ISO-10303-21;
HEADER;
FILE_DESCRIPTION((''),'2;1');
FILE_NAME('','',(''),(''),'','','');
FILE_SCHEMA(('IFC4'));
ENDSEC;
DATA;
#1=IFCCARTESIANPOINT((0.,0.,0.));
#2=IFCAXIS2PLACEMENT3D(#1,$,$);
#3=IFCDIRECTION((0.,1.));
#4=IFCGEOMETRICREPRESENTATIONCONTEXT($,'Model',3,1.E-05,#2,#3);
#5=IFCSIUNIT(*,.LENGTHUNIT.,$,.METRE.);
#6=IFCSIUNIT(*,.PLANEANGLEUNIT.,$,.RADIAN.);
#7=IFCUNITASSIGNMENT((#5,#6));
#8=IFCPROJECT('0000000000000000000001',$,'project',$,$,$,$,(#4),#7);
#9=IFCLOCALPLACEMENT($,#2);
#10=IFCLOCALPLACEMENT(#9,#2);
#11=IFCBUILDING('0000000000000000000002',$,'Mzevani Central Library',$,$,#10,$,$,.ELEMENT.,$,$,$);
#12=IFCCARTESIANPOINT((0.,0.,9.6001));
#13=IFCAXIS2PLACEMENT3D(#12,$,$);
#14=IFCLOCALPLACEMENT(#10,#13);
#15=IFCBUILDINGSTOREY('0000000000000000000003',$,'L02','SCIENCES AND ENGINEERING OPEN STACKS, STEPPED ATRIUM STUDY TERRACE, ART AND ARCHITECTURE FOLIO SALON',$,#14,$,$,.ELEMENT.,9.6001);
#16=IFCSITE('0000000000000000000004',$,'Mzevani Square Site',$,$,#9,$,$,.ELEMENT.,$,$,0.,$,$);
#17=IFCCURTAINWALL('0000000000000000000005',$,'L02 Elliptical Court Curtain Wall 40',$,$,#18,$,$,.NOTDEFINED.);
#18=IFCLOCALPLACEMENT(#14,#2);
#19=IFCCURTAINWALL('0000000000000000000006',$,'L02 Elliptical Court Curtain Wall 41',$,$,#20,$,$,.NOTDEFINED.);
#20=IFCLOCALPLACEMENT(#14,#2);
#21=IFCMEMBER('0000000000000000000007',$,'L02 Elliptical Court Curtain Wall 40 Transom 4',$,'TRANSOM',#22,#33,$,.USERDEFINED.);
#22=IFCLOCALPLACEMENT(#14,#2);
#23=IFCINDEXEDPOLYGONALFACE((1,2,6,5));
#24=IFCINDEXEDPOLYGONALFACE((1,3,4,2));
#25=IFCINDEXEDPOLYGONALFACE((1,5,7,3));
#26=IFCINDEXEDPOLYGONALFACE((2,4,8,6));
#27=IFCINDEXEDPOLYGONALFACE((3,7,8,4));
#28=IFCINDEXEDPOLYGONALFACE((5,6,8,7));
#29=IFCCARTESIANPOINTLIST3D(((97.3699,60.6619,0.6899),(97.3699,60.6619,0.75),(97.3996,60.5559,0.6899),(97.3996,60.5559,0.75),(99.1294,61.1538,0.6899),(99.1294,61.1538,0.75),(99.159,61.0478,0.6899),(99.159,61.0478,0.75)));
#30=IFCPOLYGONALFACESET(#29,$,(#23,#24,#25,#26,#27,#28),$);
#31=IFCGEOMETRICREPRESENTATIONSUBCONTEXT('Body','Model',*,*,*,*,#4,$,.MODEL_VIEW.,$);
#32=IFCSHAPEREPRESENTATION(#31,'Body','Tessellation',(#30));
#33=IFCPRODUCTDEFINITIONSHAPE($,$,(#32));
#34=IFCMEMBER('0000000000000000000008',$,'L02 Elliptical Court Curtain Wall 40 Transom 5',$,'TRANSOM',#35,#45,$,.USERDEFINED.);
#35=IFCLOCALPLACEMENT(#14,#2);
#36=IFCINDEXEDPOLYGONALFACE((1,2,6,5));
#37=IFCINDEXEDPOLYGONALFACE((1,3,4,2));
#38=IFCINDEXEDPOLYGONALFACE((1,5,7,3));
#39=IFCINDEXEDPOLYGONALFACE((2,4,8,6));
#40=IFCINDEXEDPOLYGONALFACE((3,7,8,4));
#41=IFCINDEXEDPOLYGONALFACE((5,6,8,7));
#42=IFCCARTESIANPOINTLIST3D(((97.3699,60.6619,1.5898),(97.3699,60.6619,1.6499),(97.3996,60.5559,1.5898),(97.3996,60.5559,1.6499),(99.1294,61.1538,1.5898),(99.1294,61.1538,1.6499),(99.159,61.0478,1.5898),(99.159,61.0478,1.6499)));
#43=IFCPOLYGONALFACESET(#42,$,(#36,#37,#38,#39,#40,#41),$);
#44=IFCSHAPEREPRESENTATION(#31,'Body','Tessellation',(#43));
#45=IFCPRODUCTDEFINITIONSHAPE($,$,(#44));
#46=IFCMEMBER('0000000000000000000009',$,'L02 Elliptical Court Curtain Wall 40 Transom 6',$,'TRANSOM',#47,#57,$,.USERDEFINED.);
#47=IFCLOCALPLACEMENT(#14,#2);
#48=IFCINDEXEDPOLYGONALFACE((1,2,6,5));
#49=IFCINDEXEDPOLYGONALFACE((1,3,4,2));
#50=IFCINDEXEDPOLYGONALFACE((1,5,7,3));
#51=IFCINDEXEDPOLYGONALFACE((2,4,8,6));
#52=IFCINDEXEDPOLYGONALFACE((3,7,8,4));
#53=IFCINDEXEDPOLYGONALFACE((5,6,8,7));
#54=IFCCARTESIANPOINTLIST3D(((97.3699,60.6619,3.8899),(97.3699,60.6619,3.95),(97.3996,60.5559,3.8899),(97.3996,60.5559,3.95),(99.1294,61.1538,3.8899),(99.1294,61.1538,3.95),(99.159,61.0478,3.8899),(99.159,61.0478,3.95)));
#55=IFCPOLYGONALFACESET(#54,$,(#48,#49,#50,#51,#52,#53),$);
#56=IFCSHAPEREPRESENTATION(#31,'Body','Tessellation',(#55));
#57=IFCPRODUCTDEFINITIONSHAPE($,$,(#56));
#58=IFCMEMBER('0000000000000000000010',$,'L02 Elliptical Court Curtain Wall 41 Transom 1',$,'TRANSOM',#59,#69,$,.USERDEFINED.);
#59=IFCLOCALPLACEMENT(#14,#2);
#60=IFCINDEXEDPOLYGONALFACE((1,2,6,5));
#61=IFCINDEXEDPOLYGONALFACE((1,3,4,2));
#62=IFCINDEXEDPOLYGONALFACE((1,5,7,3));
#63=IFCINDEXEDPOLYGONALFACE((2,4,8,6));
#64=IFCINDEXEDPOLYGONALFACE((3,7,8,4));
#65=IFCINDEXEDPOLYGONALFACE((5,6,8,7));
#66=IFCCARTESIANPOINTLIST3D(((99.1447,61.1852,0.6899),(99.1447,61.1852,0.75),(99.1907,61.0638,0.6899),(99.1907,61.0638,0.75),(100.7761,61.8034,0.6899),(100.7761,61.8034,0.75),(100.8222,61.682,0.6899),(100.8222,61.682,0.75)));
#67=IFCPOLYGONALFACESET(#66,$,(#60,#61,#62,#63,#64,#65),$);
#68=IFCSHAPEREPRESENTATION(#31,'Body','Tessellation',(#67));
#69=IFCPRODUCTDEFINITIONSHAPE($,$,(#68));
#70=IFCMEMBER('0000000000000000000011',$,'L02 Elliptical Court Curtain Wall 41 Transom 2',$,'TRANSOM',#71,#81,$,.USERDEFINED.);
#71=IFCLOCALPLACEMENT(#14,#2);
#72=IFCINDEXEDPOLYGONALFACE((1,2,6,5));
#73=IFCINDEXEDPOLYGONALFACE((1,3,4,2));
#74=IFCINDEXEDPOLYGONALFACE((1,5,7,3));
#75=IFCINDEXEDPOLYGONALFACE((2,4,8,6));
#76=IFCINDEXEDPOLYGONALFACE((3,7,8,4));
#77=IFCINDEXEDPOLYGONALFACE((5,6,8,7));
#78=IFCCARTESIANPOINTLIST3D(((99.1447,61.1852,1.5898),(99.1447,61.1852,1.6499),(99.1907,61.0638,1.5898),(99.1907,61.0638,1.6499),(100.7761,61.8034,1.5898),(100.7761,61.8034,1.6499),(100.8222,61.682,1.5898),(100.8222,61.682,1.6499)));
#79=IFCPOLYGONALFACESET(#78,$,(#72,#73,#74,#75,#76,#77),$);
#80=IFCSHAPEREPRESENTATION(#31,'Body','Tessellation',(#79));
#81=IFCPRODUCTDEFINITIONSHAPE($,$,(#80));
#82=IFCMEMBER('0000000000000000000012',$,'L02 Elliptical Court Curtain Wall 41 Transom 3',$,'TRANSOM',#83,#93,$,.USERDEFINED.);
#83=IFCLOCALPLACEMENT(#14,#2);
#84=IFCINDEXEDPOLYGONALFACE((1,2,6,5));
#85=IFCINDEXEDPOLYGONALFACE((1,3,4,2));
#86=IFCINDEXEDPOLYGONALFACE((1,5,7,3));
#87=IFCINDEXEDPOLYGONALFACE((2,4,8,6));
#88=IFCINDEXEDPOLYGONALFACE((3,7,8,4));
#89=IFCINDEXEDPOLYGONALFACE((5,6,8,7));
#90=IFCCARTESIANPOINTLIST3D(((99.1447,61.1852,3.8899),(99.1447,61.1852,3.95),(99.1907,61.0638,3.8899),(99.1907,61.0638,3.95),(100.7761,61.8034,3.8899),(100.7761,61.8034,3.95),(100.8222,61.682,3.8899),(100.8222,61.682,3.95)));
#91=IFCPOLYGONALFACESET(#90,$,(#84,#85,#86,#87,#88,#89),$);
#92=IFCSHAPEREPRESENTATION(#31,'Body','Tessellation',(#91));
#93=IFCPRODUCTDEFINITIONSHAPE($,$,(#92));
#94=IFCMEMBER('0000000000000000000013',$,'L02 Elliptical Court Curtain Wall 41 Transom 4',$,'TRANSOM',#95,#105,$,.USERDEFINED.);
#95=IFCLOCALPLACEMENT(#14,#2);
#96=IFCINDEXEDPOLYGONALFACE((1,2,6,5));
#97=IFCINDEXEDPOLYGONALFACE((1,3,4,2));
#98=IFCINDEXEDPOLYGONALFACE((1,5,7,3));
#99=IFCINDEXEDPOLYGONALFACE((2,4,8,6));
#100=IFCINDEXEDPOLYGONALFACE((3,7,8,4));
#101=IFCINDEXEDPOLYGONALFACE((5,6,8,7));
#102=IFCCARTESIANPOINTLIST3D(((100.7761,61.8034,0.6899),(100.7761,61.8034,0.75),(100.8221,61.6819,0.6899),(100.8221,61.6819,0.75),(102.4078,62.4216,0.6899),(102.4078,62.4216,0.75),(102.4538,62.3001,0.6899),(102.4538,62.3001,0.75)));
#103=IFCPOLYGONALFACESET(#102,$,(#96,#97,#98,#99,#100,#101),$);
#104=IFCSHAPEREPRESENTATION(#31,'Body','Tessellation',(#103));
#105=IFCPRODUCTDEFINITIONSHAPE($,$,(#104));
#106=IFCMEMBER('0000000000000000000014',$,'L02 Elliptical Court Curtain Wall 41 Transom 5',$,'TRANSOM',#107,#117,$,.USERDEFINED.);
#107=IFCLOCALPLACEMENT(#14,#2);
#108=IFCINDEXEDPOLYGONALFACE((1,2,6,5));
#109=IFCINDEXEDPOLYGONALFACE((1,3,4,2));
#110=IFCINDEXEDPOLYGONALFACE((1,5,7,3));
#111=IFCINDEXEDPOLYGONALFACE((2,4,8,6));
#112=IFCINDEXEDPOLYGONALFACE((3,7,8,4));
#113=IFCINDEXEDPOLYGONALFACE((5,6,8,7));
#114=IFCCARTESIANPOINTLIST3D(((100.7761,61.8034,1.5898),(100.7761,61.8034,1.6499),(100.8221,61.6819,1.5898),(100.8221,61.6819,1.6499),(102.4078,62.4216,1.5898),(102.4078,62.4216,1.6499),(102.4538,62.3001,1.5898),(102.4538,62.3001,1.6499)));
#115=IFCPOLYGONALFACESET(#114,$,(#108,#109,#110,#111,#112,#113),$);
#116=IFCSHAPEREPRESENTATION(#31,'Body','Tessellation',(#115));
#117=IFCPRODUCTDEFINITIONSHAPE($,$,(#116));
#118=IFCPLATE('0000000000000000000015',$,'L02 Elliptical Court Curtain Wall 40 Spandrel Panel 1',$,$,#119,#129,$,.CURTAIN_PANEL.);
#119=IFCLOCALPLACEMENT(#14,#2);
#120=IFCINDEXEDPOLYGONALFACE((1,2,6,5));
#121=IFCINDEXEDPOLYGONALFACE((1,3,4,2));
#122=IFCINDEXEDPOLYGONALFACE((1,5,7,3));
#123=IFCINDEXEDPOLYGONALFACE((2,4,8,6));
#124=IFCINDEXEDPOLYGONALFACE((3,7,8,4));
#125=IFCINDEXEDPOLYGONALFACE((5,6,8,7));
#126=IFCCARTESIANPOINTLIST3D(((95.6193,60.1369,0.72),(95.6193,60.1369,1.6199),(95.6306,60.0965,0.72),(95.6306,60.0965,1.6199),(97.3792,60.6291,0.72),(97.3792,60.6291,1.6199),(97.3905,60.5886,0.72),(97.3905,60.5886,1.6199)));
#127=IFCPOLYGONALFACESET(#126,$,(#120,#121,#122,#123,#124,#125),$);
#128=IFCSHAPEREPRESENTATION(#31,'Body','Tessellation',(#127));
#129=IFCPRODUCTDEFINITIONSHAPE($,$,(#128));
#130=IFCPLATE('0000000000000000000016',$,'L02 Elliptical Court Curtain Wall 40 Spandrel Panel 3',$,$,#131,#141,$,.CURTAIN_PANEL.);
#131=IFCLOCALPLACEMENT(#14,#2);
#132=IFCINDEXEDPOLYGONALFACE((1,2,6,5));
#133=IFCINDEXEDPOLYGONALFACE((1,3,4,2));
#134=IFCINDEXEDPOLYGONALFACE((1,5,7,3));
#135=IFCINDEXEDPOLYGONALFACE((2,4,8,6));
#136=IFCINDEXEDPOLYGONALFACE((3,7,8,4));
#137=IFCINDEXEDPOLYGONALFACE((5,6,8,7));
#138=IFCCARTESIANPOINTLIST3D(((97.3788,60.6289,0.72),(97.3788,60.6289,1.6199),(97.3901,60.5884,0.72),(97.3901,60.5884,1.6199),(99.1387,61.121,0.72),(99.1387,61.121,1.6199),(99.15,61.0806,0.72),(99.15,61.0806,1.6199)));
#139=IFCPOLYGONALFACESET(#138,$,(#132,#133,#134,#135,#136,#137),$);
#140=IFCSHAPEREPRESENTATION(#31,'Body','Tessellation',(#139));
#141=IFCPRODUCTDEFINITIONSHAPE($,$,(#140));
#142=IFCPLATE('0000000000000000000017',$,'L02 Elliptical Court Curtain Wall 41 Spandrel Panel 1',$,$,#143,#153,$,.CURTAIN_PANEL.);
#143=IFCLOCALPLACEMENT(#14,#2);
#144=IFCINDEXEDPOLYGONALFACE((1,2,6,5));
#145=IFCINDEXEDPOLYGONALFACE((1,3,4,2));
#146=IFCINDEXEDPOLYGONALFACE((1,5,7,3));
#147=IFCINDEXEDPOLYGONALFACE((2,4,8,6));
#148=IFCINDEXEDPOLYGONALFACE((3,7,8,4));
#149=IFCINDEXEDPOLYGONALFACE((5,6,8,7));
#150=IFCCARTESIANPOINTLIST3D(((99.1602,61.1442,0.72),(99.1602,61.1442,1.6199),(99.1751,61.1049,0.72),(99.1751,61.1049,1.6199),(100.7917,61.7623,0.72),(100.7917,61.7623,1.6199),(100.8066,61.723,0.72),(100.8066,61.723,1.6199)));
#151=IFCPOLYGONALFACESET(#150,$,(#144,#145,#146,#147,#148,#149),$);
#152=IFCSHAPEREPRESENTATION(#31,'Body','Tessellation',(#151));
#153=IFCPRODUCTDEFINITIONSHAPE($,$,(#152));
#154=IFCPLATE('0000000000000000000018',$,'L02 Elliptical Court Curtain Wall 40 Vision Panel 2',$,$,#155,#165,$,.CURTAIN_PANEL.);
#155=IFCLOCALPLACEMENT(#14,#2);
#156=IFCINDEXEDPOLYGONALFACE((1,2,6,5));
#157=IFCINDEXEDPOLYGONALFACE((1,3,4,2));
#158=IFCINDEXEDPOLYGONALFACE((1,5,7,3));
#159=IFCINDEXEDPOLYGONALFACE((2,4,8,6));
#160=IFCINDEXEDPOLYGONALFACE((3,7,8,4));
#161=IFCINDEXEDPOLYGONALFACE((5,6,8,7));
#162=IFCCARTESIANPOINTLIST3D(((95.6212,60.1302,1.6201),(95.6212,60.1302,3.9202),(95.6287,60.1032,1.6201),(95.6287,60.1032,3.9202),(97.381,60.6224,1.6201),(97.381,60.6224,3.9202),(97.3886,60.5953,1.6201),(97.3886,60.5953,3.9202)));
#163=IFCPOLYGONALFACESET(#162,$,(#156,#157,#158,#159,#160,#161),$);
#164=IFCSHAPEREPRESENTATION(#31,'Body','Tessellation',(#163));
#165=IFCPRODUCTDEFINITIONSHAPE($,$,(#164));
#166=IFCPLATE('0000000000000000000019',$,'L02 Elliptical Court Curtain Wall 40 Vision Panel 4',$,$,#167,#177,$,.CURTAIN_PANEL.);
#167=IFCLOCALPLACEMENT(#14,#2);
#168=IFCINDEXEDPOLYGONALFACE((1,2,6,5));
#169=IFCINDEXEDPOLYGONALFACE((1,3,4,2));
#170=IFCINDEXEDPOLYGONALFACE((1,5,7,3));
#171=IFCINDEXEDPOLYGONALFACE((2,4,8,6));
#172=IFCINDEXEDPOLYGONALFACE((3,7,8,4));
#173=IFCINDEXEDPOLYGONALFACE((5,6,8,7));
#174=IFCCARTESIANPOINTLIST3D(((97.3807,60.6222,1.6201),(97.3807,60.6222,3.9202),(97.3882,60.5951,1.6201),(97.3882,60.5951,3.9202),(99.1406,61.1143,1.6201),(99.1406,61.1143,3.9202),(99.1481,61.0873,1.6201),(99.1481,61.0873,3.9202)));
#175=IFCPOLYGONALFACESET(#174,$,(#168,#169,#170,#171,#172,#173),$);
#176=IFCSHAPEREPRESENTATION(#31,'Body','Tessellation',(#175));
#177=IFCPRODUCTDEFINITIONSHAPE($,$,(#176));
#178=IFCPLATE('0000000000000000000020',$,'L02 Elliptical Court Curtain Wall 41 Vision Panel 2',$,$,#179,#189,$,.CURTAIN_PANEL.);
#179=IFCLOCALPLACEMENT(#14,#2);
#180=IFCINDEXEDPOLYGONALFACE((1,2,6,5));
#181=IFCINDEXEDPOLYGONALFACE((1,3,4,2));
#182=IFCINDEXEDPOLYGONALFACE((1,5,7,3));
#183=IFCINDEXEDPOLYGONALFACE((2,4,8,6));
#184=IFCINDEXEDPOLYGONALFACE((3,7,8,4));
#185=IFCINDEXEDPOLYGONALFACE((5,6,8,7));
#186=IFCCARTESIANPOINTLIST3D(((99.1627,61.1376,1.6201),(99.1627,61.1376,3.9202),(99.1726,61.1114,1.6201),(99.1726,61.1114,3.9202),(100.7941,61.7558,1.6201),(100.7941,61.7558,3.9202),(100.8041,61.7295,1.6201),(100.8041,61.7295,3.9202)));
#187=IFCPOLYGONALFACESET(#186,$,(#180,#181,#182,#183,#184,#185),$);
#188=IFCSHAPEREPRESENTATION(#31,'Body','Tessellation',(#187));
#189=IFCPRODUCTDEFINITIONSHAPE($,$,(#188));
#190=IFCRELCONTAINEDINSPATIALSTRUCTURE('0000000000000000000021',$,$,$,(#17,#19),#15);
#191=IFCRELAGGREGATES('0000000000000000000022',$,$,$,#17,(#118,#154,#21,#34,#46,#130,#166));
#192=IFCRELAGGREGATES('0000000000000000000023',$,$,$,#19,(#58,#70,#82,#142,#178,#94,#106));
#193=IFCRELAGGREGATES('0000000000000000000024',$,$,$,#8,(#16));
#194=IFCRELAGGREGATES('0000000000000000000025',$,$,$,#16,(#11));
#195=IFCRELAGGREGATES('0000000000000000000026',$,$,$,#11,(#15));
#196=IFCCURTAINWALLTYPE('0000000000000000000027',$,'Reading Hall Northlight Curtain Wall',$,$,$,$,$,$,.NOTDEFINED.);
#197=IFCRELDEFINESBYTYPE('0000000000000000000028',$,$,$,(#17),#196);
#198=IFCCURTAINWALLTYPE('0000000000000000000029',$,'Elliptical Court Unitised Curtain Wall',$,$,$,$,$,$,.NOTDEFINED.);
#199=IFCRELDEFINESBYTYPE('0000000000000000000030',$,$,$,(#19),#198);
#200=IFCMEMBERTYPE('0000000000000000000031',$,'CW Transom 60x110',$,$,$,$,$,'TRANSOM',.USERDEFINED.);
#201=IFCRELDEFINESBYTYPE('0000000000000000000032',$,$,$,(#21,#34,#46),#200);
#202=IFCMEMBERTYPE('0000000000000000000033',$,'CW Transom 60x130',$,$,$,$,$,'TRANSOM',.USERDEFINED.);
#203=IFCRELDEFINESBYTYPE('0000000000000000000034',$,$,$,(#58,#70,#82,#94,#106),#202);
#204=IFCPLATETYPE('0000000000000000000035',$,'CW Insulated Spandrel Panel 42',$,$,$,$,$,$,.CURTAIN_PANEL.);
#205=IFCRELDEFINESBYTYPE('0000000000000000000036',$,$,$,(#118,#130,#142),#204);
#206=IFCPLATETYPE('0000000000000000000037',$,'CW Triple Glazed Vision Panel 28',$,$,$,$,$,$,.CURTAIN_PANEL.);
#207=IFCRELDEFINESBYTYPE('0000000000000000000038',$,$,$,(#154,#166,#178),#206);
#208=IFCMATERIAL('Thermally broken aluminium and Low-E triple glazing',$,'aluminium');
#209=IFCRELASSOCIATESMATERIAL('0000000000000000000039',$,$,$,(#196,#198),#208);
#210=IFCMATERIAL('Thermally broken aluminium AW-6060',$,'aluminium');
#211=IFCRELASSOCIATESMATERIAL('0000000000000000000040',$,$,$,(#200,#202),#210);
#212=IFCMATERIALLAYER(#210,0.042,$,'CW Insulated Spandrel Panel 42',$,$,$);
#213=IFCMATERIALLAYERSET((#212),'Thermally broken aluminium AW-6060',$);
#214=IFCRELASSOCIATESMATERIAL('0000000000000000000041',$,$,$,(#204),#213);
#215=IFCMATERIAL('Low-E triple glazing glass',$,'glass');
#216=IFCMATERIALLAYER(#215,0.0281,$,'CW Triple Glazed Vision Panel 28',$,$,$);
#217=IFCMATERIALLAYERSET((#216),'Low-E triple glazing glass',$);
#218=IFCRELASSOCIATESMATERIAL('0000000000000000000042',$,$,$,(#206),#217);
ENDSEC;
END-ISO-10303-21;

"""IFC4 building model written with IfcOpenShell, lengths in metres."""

from ifc_helpers import new_model, si_unit, direction, frame, origin, origin_2d, place, context, subcontext, project, spatial, rectangle, extrude, material, layer, layer_set, material_profile, profile_set, type_object, element, aggregate, save


model = new_model("IFC4")

# Units and contexts
model_context = context("Model", 3, precision=1e-05, world=origin(), true_north=direction((0.0, 1.0)))
body_context = subcontext(model_context, "Body", "Model", "MODEL_VIEW")
ifc_project = project(units=[si_unit("LENGTHUNIT", "METRE"), si_unit("PLANEANGLEUNIT", "RADIAN")], contexts=[model_context])

# Site, building, storey
site_placement = place(None, origin())
site = spatial("IfcSite", under=ifc_project, at=site_placement, Name="Mzevani Square Site", CompositionType="ELEMENT", RefElevation=0.0)
building_placement = place(site_placement, origin())
building = spatial("IfcBuilding", under=site, at=building_placement, Name="Mzevani Central Library", CompositionType="ELEMENT")
storey_placement = place(building_placement, frame((0.0, 0.0, 9.6001)))
storey = spatial("IfcBuildingStorey", under=building, at=storey_placement, Name="L02", Description="SCIENCES AND ENGINEERING OPEN STACKS, STEPPED ATRIUM STUDY TERRACE, ART AND ARCHITECTURE FOLIO SALON", CompositionType="ELEMENT", Elevation=9.6001)

# Curtain walls
ifc_material_1 = material(Name="Thermally broken aluminium and Low-E triple glazing", Category="aluminium")
curtain_wall_type_1 = type_object("IfcCurtainWallType", Name="Reading Hall Northlight Curtain Wall", PredefinedType="NOTDEFINED", material=ifc_material_1)
curtain_wall_1_placement = place(storey_placement, origin())
curtain_wall_1 = element("IfcCurtainWall", 1, at=curtain_wall_1_placement, inside=storey, type_object=curtain_wall_type_1, Name="L02 Elliptical Court Curtain Wall 40", PredefinedType="NOTDEFINED")
ifc_material_2 = material(Name="Thermally broken aluminium AW-6060", Category="aluminium")
curtain_wall_type_2 = type_object("IfcCurtainWallType", Name="Elliptical Court Unitised Curtain Wall", PredefinedType="NOTDEFINED", material=ifc_material_1)
curtain_wall_2_placement = place(storey_placement, origin())
curtain_wall_2 = element("IfcCurtainWall", 2, at=curtain_wall_2_placement, inside=storey, type_object=curtain_wall_type_2, Name="L02 Elliptical Court Curtain Wall 41", PredefinedType="NOTDEFINED")

# Members
ifc_material_profile_1 = material_profile(ifc_material_2, rectangle(XDim=0.1101, YDim=0.0601, at=origin_2d()), Name="ALU T60x110")
ifc_profile_set_1 = profile_set([ifc_material_profile_1], Name="Thermally broken aluminium AW-6060")
member_type_1 = type_object("IfcMemberType", Name="CW Transom 60x110", ElementType="TRANSOM", PredefinedType="USERDEFINED", material=ifc_profile_set_1)
member_1_placement = place(storey_placement, frame((97.3848, 60.6089, 0.72), z_axis=(0.963067, 0.269263, 0.0), x_axis=(-0.269263, 0.963067, 0.0)))
member_1 = element("IfcMember", 3, at=member_1_placement, type_object=member_type_1, Name="L02 Elliptical Court Curtain Wall 40 Transom 4", ObjectType="TRANSOM", PredefinedType="USERDEFINED", context=body_context, shape_type="SweptSolid", body=[
    extrude(rectangle(XDim=0.1101, YDim=0.0601, at=origin_2d()), origin(), (0.0, 0.0, 1.0), 1.8269),
])
member_2_placement = place(storey_placement, frame((97.3848, 60.6089, 1.6199), z_axis=(0.963067, 0.269263, 0.0), x_axis=(-0.269263, 0.963067, 0.0)))
member_2 = element("IfcMember", 4, at=member_2_placement, type_object=member_type_1, Name="L02 Elliptical Court Curtain Wall 40 Transom 5", ObjectType="TRANSOM", PredefinedType="USERDEFINED", context=body_context, shape_type="SweptSolid", body=[
    extrude(rectangle(XDim=0.1101, YDim=0.0601, at=origin_2d()), origin(), (0.0, 0.0, 1.0), 1.8269),
])
member_3_placement = place(storey_placement, frame((97.3848, 60.6089, 3.9199), z_axis=(0.963067, 0.269263, 0.0), x_axis=(-0.269263, 0.963067, 0.0)))
member_3 = element("IfcMember", 5, at=member_3_placement, type_object=member_type_1, Name="L02 Elliptical Court Curtain Wall 40 Transom 6", ObjectType="TRANSOM", PredefinedType="USERDEFINED", context=body_context, shape_type="SweptSolid", body=[
    extrude(rectangle(XDim=0.1101, YDim=0.0601, at=origin_2d()), origin(), (0.0, 0.0, 1.0), 1.8269),
])
ifc_material_profile_2 = material_profile(ifc_material_2, rectangle(XDim=0.1299, YDim=0.0601, at=origin_2d()), Name="ALU T60x130")
ifc_profile_set_2 = profile_set([ifc_material_profile_2], Name="Thermally broken aluminium AW-6060")
member_type_2 = type_object("IfcMemberType", Name="CW Transom 60x130", ElementType="TRANSOM", PredefinedType="USERDEFINED", material=ifc_profile_set_2)
member_4_placement = place(storey_placement, frame((99.1677, 61.1245, 0.72), z_axis=(0.935116, 0.354342, 0.0), x_axis=(-0.354342, 0.935116, 0.0)))
member_4 = element("IfcMember", 6, at=member_4_placement, type_object=member_type_2, Name="L02 Elliptical Court Curtain Wall 41 Transom 1", ObjectType="TRANSOM", PredefinedType="USERDEFINED", context=body_context, shape_type="SweptSolid", body=[
    extrude(rectangle(XDim=0.1299, YDim=0.0601, at=origin_2d()), origin(), (0.0, 0.0, 1.0), 1.7446),
])
member_5_placement = place(storey_placement, frame((99.1677, 61.1245, 1.6199), z_axis=(0.935116, 0.354342, 0.0), x_axis=(-0.354342, 0.935116, 0.0)))
member_5 = element("IfcMember", 7, at=member_5_placement, type_object=member_type_2, Name="L02 Elliptical Court Curtain Wall 41 Transom 2", ObjectType="TRANSOM", PredefinedType="USERDEFINED", context=body_context, shape_type="SweptSolid", body=[
    extrude(rectangle(XDim=0.1299, YDim=0.0601, at=origin_2d()), origin(), (0.0, 0.0, 1.0), 1.7446),
])
member_6_placement = place(storey_placement, frame((99.1677, 61.1245, 3.9199), z_axis=(0.935116, 0.354342, 0.0), x_axis=(-0.354342, 0.935116, 0.0)))
member_6 = element("IfcMember", 8, at=member_6_placement, type_object=member_type_2, Name="L02 Elliptical Court Curtain Wall 41 Transom 3", ObjectType="TRANSOM", PredefinedType="USERDEFINED", context=body_context, shape_type="SweptSolid", body=[
    extrude(rectangle(XDim=0.1299, YDim=0.0601, at=origin_2d()), origin(), (0.0, 0.0, 1.0), 1.7446),
])
member_7_placement = place(storey_placement, frame((100.7991, 61.7427, 0.72), z_axis=(0.935133, 0.354296, 0.0), x_axis=(-0.354296, 0.935133, 0.0)))
member_7 = element("IfcMember", 9, at=member_7_placement, type_object=member_type_2, Name="L02 Elliptical Court Curtain Wall 41 Transom 4", ObjectType="TRANSOM", PredefinedType="USERDEFINED", context=body_context, shape_type="SweptSolid", body=[
    extrude(rectangle(XDim=0.1299, YDim=0.0601, at=origin_2d()), origin(), (0.0, 0.0, 1.0), 1.7449),
])
member_8_placement = place(storey_placement, frame((100.7991, 61.7427, 1.6199), z_axis=(0.935133, 0.354296, 0.0), x_axis=(-0.354296, 0.935133, 0.0)))
member_8 = element("IfcMember", 10, at=member_8_placement, type_object=member_type_2, Name="L02 Elliptical Court Curtain Wall 41 Transom 5", ObjectType="TRANSOM", PredefinedType="USERDEFINED", context=body_context, shape_type="SweptSolid", body=[
    extrude(rectangle(XDim=0.1299, YDim=0.0601, at=origin_2d()), origin(), (0.0, 0.0, 1.0), 1.7449),
])

# Plates
ifc_layer_1 = layer(ifc_material_2, 0.042, Name="CW Insulated Spandrel Panel 42")
ifc_layer_set_1 = layer_set([ifc_layer_1], Name="Thermally broken aluminium AW-6060")
plate_type_1 = type_object("IfcPlateType", Name="CW Insulated Spandrel Panel 42", PredefinedType="CURTAIN_PANEL", material=ifc_layer_set_1)
plate_1_placement = place(storey_placement, frame((96.5049, 60.3628, 0.72), z_axis=(0.0, 0.0, 1.0), x_axis=(0.963054, 0.26931, 0.0)))
plate_1 = element("IfcPlate", 11, at=plate_1_placement, type_object=plate_type_1, Name="L02 Elliptical Court Curtain Wall 40 Spandrel Panel 1", PredefinedType="CURTAIN_PANEL", context=body_context, shape_type="SweptSolid", body=[
    extrude(rectangle(XDim=1.8274, YDim=0.042, at=origin_2d()), origin(), (0.0, 0.0, 1.0), 0.8999),
])
plate_2_placement = place(storey_placement, frame((98.2644, 60.8547, 0.72), z_axis=(0.0, 0.0, 1.0), x_axis=(0.963054, 0.26931, 0.0)))
plate_2 = element("IfcPlate", 12, at=plate_2_placement, type_object=plate_type_1, Name="L02 Elliptical Court Curtain Wall 40 Spandrel Panel 3", PredefinedType="CURTAIN_PANEL", context=body_context, shape_type="SweptSolid", body=[
    extrude(rectangle(XDim=1.8274, YDim=0.042, at=origin_2d()), origin(), (0.0, 0.0, 1.0), 0.8999),
])
plate_3_placement = place(storey_placement, frame((99.9834, 61.4336, 0.72), z_axis=(0.0, 0.0, 1.0), x_axis=(0.935126, 0.354316, 0.0)))
plate_3 = element("IfcPlate", 13, at=plate_3_placement, type_object=plate_type_1, Name="L02 Elliptical Court Curtain Wall 41 Spandrel Panel 1", PredefinedType="CURTAIN_PANEL", context=body_context, shape_type="SweptSolid", body=[
    extrude(rectangle(XDim=1.7446, YDim=0.042, at=origin_2d()), origin(), (0.0, 0.0, 1.0), 0.8999),
])
ifc_material_3 = material(Name="Low-E triple glazing glass", Category="glass")
ifc_layer_2 = layer(ifc_material_3, 0.0281, Name="CW Triple Glazed Vision Panel 28")
ifc_layer_set_2 = layer_set([ifc_layer_2], Name="Low-E triple glazing glass")
plate_type_2 = type_object("IfcPlateType", Name="CW Triple Glazed Vision Panel 28", PredefinedType="CURTAIN_PANEL", material=ifc_layer_set_2)
plate_4_placement = place(storey_placement, frame((96.5049, 60.3628, 1.6201), z_axis=(0.0, 0.0, 1.0), x_axis=(0.963054, 0.26931, 0.0)))
plate_4 = element("IfcPlate", 14, at=plate_4_placement, type_object=plate_type_2, Name="L02 Elliptical Court Curtain Wall 40 Vision Panel 2", PredefinedType="CURTAIN_PANEL", context=body_context, shape_type="SweptSolid", body=[
    extrude(rectangle(XDim=1.8274, YDim=0.0281, at=origin_2d()), origin(), (0.0, 0.0, 1.0), 2.3),
])
plate_5_placement = place(storey_placement, frame((98.2644, 60.8547, 1.6201), z_axis=(0.0, 0.0, 1.0), x_axis=(0.963054, 0.26931, 0.0)))
plate_5 = element("IfcPlate", 15, at=plate_5_placement, type_object=plate_type_2, Name="L02 Elliptical Court Curtain Wall 40 Vision Panel 4", PredefinedType="CURTAIN_PANEL", context=body_context, shape_type="SweptSolid", body=[
    extrude(rectangle(XDim=1.8274, YDim=0.0281, at=origin_2d()), origin(), (0.0, 0.0, 1.0), 2.3),
])
aggregate(curtain_wall_1, [plate_1, plate_4, member_1, member_2, member_3, plate_2, plate_5])
plate_6_placement = place(storey_placement, frame((99.9834, 61.4336, 1.6201), z_axis=(0.0, 0.0, 1.0), x_axis=(0.935126, 0.354316, 0.0)))
plate_6 = element("IfcPlate", 16, at=plate_6_placement, type_object=plate_type_2, Name="L02 Elliptical Court Curtain Wall 41 Vision Panel 2", PredefinedType="CURTAIN_PANEL", context=body_context, shape_type="SweptSolid", body=[
    extrude(rectangle(XDim=1.7446, YDim=0.0281, at=origin_2d()), origin(), (0.0, 0.0, 1.0), 2.3),
])
aggregate(curtain_wall_2, [member_4, member_5, member_6, plate_3, plate_6, member_7, member_8])

save(model, "model.ifc")
